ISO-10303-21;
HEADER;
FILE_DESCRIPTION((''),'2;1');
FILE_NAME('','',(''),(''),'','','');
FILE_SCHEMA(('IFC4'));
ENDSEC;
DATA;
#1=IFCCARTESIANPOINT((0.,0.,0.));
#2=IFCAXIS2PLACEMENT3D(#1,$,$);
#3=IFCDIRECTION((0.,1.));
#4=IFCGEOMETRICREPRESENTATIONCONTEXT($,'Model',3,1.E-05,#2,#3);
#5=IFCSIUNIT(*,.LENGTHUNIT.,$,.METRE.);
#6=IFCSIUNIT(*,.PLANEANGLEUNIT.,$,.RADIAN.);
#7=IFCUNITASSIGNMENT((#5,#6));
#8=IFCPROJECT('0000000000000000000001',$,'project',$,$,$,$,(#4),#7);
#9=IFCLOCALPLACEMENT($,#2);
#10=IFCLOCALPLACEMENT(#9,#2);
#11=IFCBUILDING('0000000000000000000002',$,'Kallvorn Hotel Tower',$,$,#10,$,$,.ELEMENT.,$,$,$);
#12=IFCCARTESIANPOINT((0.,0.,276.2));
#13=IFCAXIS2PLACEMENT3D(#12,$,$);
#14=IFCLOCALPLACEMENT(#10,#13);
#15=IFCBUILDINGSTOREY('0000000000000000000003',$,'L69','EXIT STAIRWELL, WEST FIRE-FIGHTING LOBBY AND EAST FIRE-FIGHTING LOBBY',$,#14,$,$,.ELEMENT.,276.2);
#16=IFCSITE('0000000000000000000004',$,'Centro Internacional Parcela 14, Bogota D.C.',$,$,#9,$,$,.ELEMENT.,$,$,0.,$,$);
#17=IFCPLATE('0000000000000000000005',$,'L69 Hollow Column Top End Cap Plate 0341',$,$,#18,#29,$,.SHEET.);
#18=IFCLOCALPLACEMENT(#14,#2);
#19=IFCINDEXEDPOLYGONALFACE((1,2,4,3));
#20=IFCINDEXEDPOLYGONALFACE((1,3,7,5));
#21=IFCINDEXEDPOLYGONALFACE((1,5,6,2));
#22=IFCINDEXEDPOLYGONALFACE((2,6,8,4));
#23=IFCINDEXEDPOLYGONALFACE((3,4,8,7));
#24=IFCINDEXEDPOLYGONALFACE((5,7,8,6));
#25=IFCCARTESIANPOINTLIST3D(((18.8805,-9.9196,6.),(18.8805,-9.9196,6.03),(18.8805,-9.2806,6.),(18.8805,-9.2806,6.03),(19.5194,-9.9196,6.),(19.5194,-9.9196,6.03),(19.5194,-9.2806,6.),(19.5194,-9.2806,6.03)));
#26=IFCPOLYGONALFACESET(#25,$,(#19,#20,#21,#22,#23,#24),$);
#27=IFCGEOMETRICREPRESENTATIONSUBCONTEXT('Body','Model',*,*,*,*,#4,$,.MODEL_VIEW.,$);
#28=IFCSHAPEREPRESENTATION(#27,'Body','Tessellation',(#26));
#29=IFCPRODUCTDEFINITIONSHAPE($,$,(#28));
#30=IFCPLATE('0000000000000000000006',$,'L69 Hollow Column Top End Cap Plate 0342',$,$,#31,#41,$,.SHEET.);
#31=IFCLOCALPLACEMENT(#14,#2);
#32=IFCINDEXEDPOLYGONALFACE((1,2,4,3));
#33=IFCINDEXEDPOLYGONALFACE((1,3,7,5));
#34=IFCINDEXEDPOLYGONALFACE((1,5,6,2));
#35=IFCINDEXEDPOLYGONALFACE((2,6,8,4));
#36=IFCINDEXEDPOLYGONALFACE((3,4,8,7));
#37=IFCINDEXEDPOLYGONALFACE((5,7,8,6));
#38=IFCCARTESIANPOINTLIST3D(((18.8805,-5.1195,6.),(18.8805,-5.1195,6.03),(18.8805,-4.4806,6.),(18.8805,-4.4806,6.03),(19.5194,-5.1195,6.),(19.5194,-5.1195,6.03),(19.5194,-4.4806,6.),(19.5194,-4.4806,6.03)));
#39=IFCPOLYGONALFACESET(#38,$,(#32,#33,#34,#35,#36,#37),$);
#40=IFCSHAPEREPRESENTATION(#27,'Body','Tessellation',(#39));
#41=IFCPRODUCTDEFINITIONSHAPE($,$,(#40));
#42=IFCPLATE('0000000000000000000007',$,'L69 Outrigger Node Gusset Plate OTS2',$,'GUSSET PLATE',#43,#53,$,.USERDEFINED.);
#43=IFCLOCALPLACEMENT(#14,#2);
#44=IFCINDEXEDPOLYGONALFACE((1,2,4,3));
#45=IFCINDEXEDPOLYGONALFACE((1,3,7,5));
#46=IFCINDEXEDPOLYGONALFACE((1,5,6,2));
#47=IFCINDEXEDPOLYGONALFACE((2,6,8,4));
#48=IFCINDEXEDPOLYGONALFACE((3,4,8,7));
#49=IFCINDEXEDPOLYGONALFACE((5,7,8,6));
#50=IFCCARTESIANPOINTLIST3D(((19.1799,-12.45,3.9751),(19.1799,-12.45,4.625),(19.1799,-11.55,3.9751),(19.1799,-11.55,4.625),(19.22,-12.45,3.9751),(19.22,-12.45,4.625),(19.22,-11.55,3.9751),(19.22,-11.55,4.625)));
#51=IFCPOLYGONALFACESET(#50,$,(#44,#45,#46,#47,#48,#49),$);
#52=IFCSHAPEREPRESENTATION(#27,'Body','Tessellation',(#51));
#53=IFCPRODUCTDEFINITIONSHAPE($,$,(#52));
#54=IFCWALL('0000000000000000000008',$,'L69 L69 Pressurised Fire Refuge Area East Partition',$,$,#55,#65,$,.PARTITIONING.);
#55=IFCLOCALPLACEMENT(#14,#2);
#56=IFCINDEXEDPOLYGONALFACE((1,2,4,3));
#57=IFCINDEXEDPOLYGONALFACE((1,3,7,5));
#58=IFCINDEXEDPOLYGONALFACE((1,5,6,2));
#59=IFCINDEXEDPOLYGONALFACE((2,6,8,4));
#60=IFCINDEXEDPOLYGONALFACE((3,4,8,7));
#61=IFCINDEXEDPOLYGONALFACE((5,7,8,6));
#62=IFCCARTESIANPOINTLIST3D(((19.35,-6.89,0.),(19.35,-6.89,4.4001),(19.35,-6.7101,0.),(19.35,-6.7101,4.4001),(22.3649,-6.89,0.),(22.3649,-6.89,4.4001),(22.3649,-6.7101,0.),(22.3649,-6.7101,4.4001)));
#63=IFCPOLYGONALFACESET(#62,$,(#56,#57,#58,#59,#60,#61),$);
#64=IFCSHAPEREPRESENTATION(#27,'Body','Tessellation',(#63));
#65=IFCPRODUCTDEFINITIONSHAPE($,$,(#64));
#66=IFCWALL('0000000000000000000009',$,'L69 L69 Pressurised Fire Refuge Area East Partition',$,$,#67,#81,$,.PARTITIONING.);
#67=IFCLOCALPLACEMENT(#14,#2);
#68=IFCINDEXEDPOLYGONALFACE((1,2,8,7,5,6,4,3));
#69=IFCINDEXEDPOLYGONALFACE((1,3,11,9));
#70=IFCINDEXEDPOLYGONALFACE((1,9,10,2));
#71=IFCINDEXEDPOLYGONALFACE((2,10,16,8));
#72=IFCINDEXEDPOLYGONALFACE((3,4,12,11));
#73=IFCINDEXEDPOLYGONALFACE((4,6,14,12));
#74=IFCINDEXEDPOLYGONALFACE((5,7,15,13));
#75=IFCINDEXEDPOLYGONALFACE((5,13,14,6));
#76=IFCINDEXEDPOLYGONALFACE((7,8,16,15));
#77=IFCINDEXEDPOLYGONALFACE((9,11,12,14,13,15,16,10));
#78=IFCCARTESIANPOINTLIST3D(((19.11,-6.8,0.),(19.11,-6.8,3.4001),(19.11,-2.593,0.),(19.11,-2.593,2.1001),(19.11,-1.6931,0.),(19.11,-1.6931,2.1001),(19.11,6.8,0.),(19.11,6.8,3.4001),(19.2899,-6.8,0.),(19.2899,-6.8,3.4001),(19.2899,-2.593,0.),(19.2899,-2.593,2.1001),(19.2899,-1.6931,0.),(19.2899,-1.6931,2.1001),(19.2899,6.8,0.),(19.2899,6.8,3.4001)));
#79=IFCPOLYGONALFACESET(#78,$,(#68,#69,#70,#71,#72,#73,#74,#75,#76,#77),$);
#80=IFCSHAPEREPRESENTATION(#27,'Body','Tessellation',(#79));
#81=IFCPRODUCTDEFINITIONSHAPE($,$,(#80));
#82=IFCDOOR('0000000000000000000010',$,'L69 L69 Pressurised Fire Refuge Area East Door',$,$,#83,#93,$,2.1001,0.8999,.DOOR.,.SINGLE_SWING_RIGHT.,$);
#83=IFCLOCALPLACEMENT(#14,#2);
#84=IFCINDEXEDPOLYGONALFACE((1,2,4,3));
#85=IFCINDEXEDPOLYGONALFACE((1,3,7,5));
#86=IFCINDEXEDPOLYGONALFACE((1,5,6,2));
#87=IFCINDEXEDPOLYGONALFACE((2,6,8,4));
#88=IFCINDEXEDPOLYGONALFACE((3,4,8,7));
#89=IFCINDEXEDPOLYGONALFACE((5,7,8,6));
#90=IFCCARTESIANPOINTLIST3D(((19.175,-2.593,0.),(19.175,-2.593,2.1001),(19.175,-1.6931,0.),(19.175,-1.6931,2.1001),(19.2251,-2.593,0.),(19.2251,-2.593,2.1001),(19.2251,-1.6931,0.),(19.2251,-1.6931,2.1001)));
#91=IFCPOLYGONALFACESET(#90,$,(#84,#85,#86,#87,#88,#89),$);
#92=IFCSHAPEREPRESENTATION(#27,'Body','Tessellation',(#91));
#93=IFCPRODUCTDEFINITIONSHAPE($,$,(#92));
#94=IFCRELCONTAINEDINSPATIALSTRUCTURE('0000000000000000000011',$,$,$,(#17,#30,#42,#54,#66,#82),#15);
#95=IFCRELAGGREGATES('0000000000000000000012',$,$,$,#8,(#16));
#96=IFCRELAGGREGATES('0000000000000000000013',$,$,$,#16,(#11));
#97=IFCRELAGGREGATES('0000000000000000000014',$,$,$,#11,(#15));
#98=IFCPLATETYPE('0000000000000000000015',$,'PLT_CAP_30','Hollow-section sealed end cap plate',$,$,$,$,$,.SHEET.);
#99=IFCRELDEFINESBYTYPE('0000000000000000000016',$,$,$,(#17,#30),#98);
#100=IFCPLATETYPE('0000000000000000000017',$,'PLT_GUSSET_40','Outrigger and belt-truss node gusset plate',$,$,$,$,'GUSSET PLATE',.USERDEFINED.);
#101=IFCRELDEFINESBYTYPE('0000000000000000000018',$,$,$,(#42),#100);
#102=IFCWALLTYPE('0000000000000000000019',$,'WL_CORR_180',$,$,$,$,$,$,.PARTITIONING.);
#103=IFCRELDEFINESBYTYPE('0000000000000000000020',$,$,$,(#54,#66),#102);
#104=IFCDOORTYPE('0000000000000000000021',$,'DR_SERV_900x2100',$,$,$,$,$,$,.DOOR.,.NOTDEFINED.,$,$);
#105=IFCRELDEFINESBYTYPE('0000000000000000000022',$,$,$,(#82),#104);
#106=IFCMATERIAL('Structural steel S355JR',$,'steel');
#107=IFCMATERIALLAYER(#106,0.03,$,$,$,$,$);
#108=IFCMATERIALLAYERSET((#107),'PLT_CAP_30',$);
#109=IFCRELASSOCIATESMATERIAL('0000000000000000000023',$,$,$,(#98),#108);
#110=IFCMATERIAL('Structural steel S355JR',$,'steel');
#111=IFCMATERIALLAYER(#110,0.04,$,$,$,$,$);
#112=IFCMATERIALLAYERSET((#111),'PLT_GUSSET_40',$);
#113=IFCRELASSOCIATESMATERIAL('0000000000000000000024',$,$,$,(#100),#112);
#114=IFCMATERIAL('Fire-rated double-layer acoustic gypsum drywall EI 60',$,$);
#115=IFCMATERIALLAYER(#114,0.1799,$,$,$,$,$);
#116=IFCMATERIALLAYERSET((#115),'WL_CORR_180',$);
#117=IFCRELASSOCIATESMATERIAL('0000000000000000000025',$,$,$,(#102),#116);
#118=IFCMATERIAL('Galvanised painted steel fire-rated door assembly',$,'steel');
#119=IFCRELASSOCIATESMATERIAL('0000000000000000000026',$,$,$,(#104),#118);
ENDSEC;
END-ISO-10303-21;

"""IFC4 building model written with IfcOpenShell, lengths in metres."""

from ifc_helpers import new_model, si_unit, direction, frame, frame_2d, origin, origin_2d, place, context, subcontext, project, spatial, rectangle, extrude, material, layer, layer_set, type_object, element, fill, save


model = new_model("IFC4")

# Units and contexts
model_context = context("Model", 3, precision=1e-05, world=origin(), true_north=direction((0.0, 1.0)))
body_context = subcontext(model_context, "Body", "Model", "MODEL_VIEW")
ifc_project = project(units=[si_unit("LENGTHUNIT", "METRE"), si_unit("PLANEANGLEUNIT", "RADIAN")], contexts=[model_context])

# Site, building, storey
site_placement = place(None, origin())
site = spatial("IfcSite", under=ifc_project, at=site_placement, Name="Centro Internacional Parcela 14, Bogota D.C.", CompositionType="ELEMENT", RefElevation=0.0)
building_placement = place(site_placement, origin())
building = spatial("IfcBuilding", under=site, at=building_placement, Name="Kallvorn Hotel Tower", CompositionType="ELEMENT")
storey_placement = place(building_placement, frame((0.0, 0.0, 276.2)))
storey = spatial("IfcBuildingStorey", under=building, at=storey_placement, Name="L69", Description="EXIT STAIRWELL, WEST FIRE-FIGHTING LOBBY AND EAST FIRE-FIGHTING LOBBY", CompositionType="ELEMENT", Elevation=276.2)

# Plates
ifc_material_1 = material(Name="Structural steel S355JR", Category="steel")
ifc_layer_1 = layer(ifc_material_1, 0.03)
ifc_layer_set_1 = layer_set([ifc_layer_1], Name="PLT_CAP_30")
plate_type_1 = type_object("IfcPlateType", Name="PLT_CAP_30", Description="Hollow-section sealed end cap plate", PredefinedType="SHEET", material=ifc_layer_set_1)
for number, where, z_axis, x_axis, name in (
    (1, (19.2, -9.6001, 6.0), (0.0, 0.0, 1.0), (1.0, 0.0, 0.0), "L69 Hollow Column Top End Cap Plate 0341"),
    (2, (19.2, -4.8, 6.0), (0.0, 0.0, 1.0), (1.0, 0.0, 0.0), "L69 Hollow Column Top End Cap Plate 0342"),
):
    element("IfcPlate", number, at=place(storey_placement, frame(where, z_axis=z_axis, x_axis=x_axis)), inside=storey, type_object=plate_type_1, Name=name, PredefinedType="SHEET", context=body_context, shape_type="SweptSolid", body=[
        extrude(rectangle(XDim=0.6389, YDim=0.6389, at=origin_2d()), origin(), (0.0, 0.0, 1.0), 0.03),
    ])
ifc_material_2 = material(Name="Structural steel S355JR", Category="steel")
ifc_layer_2 = layer(ifc_material_2, 0.04)
ifc_layer_set_2 = layer_set([ifc_layer_2], Name="PLT_GUSSET_40")
plate_type_2 = type_object("IfcPlateType", Name="PLT_GUSSET_40", Description="Outrigger and belt-truss node gusset plate", ElementType="GUSSET PLATE", PredefinedType="USERDEFINED", material=ifc_layer_set_2)
plate_placement = place(storey_placement, frame((19.2, -12.0, 3.9751), z_axis=(0.0, 0.0, 1.0), x_axis=(0.0, 1.0, 0.0)))
element("IfcPlate", 3, at=plate_placement, inside=storey, type_object=plate_type_2, Name="L69 Outrigger Node Gusset Plate OTS2", ObjectType="GUSSET PLATE", PredefinedType="USERDEFINED", context=body_context, shape_type="SweptSolid", body=[
    extrude(rectangle(XDim=0.8999, YDim=0.04, at=origin_2d()), origin(), (0.0, 0.0, 1.0), 0.6499),
])

# Wall
ifc_material_3 = material(Name="Fire-rated double-layer acoustic gypsum drywall EI 60")
ifc_layer_3 = layer(ifc_material_3, 0.1799)
ifc_layer_set_3 = layer_set([ifc_layer_3], Name="WL_CORR_180")
wall_type = type_object("IfcWallType", Name="WL_CORR_180", PredefinedType="PARTITIONING", material=ifc_layer_set_3)
wall_1_placement = place(storey_placement, frame((19.3501, -6.8, 0.0), z_axis=(0.0, 0.0, 1.0), x_axis=(1.0, 0.0, 0.0)))
element("IfcWall", 4, at=wall_1_placement, inside=storey, type_object=wall_type, Name="L69 L69 Pressurised Fire Refuge Area East Partition", PredefinedType="PARTITIONING", context=body_context, shape_type="SweptSolid", body=[
    extrude(rectangle(XDim=3.0149, YDim=0.1799, at=frame_2d((1.5073, 0.0))), origin(), (0.0, 0.0, 1.0), 4.4001),
])

# Wall, opening, door
wall_2_placement = place(storey_placement, frame((19.2, -6.8, 0.0), z_axis=(0.0, 0.0, 1.0), x_axis=(0.0, 1.0, 0.0)))
wall_2 = element("IfcWall", 5, at=wall_2_placement, inside=storey, type_object=wall_type, Name="L69 L69 Pressurised Fire Refuge Area East Partition", PredefinedType="PARTITIONING", context=body_context, shape_type="SweptSolid", body=[
    extrude(rectangle(XDim=13.6001, YDim=0.1799, at=frame_2d((6.8, 0.0))), origin(), (0.0, 0.0, 1.0), 3.4001),
])
opening_placement = place(wall_2_placement, frame((4.207, 0.0, 0.0)))
opening = element("IfcOpeningElement", 6, at=opening_placement, cuts=wall_2, PredefinedType="OPENING", context=body_context, shape_type="SweptSolid", body=[
    extrude(rectangle(XDim=0.8999, YDim=2.1001, at=frame_2d((0.45, 1.05))), frame((0.0, 0.1047, 0.0), z_axis=(0.0, -1.0, 0.0), x_axis=(1.0, 0.0, 0.0)), (0.0, 0.0, 1.0), 0.21),
])
ifc_material_4 = material(Name="Galvanised painted steel fire-rated door assembly", Category="steel")
door_type = type_object("IfcDoorType", Name="DR_SERV_900x2100", OperationType="NOTDEFINED", PredefinedType="DOOR", material=ifc_material_4)
door_placement = place(opening_placement, origin())
door = element("IfcDoor", 7, at=door_placement, inside=storey, type_object=door_type, Name="L69 L69 Pressurised Fire Refuge Area East Door", OperationType="SINGLE_SWING_RIGHT", OverallHeight=2.1001, OverallWidth=0.8999, PredefinedType="DOOR", context=body_context, shape_type="SweptSolid", body=[
    extrude(rectangle(XDim=0.8999, YDim=2.1001, at=frame_2d((0.45, 1.05))), frame((0.0, 0.0249, 0.0), z_axis=(0.0, -1.0, 0.0), x_axis=(1.0, 0.0, 0.0)), (0.0, 0.0, 1.0), 0.05),
])
fill(opening, door)

save(model, "model.ifc")
